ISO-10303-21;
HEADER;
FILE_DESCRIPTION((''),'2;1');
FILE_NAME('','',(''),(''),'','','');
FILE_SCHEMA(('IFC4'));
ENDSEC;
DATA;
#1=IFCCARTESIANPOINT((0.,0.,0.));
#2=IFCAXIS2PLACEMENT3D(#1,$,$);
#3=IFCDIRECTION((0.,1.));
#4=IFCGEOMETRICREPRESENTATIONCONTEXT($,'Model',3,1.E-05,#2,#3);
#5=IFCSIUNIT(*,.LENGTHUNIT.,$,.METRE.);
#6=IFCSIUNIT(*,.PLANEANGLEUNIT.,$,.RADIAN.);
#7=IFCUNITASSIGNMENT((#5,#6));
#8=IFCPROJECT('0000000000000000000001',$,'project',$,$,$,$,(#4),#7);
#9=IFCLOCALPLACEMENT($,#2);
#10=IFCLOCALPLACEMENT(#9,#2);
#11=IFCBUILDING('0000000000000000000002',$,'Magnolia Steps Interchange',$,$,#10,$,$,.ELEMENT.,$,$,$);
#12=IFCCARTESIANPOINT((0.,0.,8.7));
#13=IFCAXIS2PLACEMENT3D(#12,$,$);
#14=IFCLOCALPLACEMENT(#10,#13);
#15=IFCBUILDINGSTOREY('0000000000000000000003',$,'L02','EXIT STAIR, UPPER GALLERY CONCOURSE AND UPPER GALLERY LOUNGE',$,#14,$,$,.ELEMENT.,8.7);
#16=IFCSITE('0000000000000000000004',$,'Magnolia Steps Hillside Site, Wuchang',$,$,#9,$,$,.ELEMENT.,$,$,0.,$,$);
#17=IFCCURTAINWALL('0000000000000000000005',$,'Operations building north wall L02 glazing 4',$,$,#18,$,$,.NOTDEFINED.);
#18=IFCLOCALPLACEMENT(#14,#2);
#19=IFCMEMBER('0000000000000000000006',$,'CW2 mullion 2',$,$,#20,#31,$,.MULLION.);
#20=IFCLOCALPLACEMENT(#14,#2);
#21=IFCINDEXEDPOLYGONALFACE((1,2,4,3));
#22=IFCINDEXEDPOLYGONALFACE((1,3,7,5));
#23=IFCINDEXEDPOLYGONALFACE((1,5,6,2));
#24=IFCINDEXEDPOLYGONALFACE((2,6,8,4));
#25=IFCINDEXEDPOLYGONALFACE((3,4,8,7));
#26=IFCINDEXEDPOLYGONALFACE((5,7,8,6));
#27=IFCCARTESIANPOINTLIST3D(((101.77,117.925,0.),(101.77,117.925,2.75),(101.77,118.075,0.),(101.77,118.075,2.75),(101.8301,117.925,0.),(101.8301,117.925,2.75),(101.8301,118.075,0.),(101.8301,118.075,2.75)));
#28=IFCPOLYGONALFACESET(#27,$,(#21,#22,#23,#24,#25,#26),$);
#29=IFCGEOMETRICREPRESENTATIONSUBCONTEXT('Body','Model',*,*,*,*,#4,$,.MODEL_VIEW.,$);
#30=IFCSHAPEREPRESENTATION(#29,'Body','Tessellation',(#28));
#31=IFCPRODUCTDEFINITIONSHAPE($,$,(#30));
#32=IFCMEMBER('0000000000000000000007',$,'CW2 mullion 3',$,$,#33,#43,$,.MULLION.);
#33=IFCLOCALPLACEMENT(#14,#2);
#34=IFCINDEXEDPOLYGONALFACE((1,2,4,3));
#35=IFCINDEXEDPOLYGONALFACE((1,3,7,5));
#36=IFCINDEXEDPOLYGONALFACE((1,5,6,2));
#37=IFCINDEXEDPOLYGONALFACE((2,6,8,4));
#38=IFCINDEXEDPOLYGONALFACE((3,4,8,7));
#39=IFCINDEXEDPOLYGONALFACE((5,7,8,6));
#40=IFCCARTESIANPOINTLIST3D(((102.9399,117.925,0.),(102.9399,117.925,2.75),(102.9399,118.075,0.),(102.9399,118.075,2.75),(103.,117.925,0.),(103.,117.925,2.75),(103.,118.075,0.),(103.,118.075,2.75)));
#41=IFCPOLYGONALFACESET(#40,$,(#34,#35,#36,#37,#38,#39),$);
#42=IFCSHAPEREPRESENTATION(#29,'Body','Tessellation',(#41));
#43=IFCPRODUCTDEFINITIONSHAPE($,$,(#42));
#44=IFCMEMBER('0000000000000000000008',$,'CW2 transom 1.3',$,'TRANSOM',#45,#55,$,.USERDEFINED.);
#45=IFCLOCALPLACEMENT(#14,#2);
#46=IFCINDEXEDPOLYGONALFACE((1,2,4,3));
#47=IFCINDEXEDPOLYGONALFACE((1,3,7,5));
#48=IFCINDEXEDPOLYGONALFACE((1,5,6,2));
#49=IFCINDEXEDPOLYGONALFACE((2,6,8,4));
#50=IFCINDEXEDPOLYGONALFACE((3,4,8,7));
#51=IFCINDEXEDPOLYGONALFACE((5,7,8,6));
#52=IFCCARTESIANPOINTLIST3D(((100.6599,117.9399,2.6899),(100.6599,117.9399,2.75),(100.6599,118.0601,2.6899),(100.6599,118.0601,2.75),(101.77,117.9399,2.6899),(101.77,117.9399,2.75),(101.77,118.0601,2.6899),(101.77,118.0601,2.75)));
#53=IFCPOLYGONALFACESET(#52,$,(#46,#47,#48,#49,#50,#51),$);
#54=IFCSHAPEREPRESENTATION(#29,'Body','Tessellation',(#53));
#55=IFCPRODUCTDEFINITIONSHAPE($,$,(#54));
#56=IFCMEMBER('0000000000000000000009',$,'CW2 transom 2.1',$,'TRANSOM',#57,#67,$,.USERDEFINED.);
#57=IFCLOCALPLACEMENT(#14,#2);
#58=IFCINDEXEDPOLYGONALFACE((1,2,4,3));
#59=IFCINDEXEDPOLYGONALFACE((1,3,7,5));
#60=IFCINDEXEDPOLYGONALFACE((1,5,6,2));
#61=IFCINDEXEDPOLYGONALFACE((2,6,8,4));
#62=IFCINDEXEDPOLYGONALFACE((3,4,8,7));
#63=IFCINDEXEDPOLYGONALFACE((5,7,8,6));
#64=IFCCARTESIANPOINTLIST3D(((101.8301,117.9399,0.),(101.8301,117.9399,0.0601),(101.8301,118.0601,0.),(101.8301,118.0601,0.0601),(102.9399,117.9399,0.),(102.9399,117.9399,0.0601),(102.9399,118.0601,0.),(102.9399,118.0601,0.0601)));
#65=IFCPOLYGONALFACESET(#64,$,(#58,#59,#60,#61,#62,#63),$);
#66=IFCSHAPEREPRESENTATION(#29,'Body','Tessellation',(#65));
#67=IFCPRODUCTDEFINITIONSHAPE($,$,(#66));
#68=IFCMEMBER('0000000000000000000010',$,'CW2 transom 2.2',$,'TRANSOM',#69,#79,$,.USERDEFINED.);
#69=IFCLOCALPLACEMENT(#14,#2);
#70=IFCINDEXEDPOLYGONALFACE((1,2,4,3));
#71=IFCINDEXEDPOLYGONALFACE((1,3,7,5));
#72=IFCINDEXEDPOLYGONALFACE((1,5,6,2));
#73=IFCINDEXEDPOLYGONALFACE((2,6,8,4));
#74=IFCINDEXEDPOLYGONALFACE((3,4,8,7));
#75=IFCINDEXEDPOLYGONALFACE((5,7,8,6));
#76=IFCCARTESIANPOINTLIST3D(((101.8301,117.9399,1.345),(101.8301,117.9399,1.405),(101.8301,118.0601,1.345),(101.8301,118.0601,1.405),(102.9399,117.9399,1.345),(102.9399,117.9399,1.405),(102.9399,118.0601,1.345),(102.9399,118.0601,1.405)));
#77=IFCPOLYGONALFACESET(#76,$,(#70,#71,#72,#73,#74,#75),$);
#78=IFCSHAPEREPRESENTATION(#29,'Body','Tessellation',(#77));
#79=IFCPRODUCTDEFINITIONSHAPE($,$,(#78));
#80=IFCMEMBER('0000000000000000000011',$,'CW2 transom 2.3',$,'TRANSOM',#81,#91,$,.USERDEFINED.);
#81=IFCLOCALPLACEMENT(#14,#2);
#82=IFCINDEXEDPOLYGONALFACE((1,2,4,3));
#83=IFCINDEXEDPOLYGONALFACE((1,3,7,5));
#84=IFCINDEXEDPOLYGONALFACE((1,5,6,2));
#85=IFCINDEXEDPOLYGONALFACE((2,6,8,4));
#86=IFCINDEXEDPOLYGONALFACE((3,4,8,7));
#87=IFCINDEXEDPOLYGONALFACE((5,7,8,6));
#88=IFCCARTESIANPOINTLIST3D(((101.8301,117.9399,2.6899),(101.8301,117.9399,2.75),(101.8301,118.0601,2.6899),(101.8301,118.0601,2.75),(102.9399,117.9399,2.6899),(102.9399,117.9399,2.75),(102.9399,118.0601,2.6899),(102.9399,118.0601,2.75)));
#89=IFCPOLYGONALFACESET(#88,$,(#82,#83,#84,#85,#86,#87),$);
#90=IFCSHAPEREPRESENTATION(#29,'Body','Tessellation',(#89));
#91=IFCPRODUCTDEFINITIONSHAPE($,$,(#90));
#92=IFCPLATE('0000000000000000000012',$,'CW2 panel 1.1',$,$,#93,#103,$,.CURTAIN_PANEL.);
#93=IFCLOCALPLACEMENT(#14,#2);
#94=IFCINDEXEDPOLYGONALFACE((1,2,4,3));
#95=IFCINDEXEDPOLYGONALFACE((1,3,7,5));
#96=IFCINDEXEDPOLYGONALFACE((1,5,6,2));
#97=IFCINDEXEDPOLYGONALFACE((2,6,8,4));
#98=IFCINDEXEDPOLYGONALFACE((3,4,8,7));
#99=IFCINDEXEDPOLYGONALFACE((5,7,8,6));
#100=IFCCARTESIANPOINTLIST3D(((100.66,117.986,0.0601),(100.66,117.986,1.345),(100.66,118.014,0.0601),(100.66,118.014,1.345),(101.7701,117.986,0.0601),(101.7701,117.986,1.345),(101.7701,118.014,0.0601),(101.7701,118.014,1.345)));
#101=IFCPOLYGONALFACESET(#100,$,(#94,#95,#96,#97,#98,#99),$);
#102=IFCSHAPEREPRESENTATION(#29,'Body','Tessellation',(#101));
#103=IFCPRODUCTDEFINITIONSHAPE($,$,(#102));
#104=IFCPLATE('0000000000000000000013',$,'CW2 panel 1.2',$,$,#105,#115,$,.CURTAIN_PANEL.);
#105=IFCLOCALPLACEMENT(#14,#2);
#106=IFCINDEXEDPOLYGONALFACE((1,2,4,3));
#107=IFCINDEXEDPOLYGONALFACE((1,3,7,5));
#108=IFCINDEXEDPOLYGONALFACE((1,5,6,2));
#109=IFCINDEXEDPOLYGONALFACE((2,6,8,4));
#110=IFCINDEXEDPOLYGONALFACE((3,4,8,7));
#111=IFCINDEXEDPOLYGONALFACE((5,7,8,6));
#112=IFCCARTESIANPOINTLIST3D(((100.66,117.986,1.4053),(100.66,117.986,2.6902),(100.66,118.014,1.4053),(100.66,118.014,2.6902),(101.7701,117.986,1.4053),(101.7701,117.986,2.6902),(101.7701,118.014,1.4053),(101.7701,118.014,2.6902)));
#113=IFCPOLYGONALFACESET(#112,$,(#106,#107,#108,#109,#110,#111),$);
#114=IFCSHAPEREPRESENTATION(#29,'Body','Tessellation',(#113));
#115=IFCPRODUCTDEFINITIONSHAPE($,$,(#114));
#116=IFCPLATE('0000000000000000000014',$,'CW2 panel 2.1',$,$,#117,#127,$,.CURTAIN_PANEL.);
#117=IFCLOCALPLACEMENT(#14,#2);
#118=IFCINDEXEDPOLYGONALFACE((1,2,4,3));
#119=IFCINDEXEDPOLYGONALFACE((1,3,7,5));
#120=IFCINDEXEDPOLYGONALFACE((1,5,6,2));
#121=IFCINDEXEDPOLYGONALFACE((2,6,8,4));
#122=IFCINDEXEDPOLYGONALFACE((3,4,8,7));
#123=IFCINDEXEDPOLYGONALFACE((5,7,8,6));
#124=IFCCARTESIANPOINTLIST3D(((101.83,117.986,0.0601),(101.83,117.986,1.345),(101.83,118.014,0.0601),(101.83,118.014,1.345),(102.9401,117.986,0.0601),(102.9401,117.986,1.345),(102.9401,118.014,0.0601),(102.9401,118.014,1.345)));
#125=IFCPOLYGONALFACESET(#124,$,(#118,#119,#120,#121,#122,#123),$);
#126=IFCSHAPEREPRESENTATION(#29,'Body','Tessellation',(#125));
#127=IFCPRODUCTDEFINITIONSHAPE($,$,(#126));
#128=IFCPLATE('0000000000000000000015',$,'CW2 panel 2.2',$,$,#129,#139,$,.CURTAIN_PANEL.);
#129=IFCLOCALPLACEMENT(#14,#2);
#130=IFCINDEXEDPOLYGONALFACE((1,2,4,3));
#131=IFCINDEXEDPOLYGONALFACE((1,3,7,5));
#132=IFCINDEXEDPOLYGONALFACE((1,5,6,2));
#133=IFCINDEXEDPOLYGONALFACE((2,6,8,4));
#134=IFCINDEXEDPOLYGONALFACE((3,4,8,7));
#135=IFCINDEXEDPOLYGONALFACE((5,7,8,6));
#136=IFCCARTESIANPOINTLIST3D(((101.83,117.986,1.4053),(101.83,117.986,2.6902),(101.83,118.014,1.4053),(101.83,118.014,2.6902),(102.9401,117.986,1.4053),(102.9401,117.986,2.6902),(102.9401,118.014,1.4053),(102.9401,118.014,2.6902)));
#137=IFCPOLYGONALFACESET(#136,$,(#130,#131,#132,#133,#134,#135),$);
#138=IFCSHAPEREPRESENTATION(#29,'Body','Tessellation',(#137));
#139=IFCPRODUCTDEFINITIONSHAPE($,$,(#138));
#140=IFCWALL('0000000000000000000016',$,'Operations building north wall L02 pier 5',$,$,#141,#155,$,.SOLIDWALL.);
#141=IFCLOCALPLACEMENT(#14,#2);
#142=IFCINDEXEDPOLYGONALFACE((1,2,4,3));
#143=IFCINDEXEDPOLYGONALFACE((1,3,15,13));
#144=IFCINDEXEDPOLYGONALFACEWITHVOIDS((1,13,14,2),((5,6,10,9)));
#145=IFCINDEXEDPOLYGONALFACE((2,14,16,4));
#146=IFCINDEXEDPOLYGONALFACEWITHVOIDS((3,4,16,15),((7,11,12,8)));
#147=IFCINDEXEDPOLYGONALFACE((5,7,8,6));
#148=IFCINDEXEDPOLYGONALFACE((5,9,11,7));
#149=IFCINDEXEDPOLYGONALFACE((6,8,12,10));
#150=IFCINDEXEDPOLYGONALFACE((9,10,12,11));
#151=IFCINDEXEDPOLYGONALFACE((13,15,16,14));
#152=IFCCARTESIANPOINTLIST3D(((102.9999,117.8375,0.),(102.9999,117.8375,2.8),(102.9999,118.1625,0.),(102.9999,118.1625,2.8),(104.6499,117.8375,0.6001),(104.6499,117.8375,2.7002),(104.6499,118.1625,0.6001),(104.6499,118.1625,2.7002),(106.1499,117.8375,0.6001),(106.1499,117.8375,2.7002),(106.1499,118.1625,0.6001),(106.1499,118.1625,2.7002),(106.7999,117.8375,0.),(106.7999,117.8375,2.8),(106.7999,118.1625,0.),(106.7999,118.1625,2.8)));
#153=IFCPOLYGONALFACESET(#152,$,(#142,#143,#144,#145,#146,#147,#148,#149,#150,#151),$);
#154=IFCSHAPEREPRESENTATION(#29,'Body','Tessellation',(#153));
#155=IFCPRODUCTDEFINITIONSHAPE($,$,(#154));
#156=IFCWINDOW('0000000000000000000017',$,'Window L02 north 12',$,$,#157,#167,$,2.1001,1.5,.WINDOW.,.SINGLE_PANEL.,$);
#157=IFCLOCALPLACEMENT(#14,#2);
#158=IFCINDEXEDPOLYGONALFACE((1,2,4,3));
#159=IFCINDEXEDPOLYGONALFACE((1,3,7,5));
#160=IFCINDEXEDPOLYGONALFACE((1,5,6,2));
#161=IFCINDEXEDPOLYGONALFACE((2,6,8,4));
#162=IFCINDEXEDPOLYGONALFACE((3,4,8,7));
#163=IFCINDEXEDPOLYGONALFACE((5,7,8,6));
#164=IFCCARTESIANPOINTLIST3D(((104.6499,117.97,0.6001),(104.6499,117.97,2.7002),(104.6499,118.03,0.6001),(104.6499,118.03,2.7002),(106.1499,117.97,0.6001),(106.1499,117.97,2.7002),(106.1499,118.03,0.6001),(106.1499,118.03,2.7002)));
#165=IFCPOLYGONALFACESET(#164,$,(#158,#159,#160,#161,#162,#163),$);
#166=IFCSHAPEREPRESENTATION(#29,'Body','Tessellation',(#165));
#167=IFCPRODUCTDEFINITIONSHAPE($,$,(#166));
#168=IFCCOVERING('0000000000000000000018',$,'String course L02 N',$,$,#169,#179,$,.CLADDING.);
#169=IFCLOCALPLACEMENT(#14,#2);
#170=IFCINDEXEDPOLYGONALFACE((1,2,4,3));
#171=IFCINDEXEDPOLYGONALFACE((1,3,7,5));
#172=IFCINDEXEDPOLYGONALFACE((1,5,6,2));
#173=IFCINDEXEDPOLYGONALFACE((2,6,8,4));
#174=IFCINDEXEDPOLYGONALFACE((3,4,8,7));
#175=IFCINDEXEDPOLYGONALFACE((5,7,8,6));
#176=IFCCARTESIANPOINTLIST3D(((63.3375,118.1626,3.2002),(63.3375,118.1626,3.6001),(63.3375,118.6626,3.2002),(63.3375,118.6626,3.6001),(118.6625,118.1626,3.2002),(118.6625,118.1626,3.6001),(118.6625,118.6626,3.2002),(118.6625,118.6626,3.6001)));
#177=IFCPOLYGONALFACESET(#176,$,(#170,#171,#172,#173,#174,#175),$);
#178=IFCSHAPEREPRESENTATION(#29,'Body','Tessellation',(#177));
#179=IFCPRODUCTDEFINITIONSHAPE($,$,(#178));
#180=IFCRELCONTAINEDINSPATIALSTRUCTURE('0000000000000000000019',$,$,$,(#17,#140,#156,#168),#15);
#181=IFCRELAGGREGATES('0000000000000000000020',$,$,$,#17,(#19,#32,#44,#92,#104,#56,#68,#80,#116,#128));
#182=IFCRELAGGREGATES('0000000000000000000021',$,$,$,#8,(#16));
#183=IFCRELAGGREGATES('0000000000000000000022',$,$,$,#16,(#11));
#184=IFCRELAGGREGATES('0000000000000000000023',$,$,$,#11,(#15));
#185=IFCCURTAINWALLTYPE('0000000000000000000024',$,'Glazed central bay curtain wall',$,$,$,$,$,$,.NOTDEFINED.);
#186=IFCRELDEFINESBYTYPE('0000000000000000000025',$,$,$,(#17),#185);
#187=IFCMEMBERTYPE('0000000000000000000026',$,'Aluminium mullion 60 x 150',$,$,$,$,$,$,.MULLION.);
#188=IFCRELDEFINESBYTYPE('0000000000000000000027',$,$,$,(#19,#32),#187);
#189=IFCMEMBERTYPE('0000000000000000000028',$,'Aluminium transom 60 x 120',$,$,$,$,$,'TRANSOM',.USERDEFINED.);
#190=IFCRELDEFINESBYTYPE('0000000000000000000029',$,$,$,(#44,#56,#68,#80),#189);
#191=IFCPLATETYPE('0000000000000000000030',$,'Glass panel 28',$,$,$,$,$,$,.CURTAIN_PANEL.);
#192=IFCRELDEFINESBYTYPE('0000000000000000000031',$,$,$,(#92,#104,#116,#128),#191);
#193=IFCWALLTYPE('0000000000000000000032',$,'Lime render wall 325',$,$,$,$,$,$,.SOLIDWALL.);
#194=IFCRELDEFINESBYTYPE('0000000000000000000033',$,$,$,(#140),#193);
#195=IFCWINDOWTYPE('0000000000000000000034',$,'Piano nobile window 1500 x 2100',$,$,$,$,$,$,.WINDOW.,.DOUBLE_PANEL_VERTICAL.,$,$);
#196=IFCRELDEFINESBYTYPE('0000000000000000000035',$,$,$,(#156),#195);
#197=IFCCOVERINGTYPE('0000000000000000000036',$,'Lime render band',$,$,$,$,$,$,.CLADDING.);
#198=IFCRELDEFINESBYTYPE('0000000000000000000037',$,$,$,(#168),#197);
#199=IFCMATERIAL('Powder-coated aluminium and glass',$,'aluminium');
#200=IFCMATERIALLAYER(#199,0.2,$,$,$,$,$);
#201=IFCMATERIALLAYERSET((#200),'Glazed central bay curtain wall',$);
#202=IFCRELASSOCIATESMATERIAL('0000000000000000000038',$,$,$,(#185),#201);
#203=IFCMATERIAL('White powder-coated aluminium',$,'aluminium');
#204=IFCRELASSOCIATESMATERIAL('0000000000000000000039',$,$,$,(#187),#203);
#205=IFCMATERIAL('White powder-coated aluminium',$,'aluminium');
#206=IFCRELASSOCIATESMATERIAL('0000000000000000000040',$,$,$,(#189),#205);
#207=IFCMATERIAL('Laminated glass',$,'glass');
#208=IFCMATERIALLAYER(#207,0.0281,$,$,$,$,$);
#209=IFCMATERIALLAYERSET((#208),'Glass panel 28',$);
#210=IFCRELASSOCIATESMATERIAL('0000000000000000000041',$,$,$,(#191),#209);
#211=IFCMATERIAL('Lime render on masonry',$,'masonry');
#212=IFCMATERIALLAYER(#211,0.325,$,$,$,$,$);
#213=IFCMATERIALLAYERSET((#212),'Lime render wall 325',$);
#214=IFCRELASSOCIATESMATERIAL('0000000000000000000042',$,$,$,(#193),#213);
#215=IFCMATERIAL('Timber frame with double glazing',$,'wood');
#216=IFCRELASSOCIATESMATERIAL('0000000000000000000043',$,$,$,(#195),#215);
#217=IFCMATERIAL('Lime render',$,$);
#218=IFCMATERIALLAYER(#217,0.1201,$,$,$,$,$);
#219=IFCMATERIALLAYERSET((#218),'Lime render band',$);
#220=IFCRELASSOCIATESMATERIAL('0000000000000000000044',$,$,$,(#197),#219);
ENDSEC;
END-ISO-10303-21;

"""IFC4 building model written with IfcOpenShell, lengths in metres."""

from ifc_helpers import new_model, si_unit, direction, frame, frame_2d, origin, origin_2d, place, context, subcontext, project, spatial, rectangle, extrude, material, layer, layer_set, material_profile, profile_set, type_object, element, fill, aggregate, save


model = new_model("IFC4")

# Units and contexts
model_context = context("Model", 3, precision=1e-05, world=origin(), true_north=direction((0.0, 1.0)))
body_context = subcontext(model_context, "Body", "Model", "MODEL_VIEW")
ifc_project = project(units=[si_unit("LENGTHUNIT", "METRE"), si_unit("PLANEANGLEUNIT", "RADIAN")], contexts=[model_context])

# Site, building, storey
site_placement = place(None, origin())
site = spatial("IfcSite", under=ifc_project, at=site_placement, Name="Magnolia Steps Hillside Site, Wuchang", CompositionType="ELEMENT", RefElevation=0.0)
building_placement = place(site_placement, origin())
building = spatial("IfcBuilding", under=site, at=building_placement, Name="Magnolia Steps Interchange", CompositionType="ELEMENT")
storey_placement = place(building_placement, frame((0.0, 0.0, 8.7)))
storey = spatial("IfcBuildingStorey", under=building, at=storey_placement, Name="L02", Description="EXIT STAIR, UPPER GALLERY CONCOURSE AND UPPER GALLERY LOUNGE", CompositionType="ELEMENT", Elevation=8.7)

# Curtain wall, members, plates
ifc_material_1 = material(Name="Powder-coated aluminium and glass", Category="aluminium")
ifc_layer_1 = layer(ifc_material_1, 0.2)
ifc_layer_set_1 = layer_set([ifc_layer_1], Name="Glazed central bay curtain wall")
curtain_wall_type = type_object("IfcCurtainWallType", Name="Glazed central bay curtain wall", PredefinedType="NOTDEFINED", material=ifc_layer_set_1)
curtain_wall_placement = place(storey_placement, origin())
curtain_wall = element("IfcCurtainWall", 1, at=curtain_wall_placement, inside=storey, type_object=curtain_wall_type, Name="Operations building north wall L02 glazing 4", PredefinedType="NOTDEFINED")
ifc_material_2 = material(Name="White powder-coated aluminium", Category="aluminium")
ifc_material_profile_1 = material_profile(ifc_material_2, rectangle(XDim=0.0601, YDim=0.1499, at=origin_2d()), Name="Aluminium mullion 60 x 150")
ifc_profile_set_1 = profile_set([ifc_material_profile_1], Name="White powder-coated aluminium")
member_type_1 = type_object("IfcMemberType", Name="Aluminium mullion 60 x 150", PredefinedType="MULLION", material=ifc_profile_set_1)
member_1_placement = place(storey_placement, frame((101.8, 118.0, 0.0), z_axis=(0.0, 0.0, 1.0), x_axis=(1.0, 0.0, 0.0)))
member_1 = element("IfcMember", 2, at=member_1_placement, type_object=member_type_1, Name="CW2 mullion 2", PredefinedType="MULLION", context=body_context, shape_type="SweptSolid", body=[
    extrude(rectangle(XDim=0.0601, YDim=0.1499, at=origin_2d()), origin(), (0.0, 0.0, 1.0), 2.75),
])
member_2_placement = place(storey_placement, frame((102.97, 118.0, 0.0), z_axis=(0.0, 0.0, 1.0), x_axis=(1.0, 0.0, 0.0)))
member_2 = element("IfcMember", 3, at=member_2_placement, type_object=member_type_1, Name="CW2 mullion 3", PredefinedType="MULLION", context=body_context, shape_type="SweptSolid", body=[
    extrude(rectangle(XDim=0.0601, YDim=0.1499, at=origin_2d()), origin(), (0.0, 0.0, 1.0), 2.75),
])
ifc_material_3 = material(Name="White powder-coated aluminium", Category="aluminium")
ifc_material_profile_2 = material_profile(ifc_material_3, rectangle(XDim=0.0601, YDim=0.1201, at=origin_2d()), Name="Aluminium transom 60 x 120")
ifc_profile_set_2 = profile_set([ifc_material_profile_2], Name="White powder-coated aluminium")
member_type_2 = type_object("IfcMemberType", Name="Aluminium transom 60 x 120", ElementType="TRANSOM", PredefinedType="USERDEFINED", material=ifc_profile_set_2)
member_3_placement = place(storey_placement, frame((100.6599, 118.0, 2.72), z_axis=(1.0, 0.0, 0.0), x_axis=(0.0, 0.0, 1.0)))
member_3 = element("IfcMember", 4, at=member_3_placement, type_object=member_type_2, Name="CW2 transom 1.3", ObjectType="TRANSOM", PredefinedType="USERDEFINED", context=body_context, shape_type="SweptSolid", body=[
    extrude(rectangle(XDim=0.0601, YDim=0.1201, at=origin_2d()), origin(), (0.0, 0.0, 1.0), 1.1101),
])
member_4_placement = place(storey_placement, frame((101.8301, 118.0, 0.03), z_axis=(1.0, 0.0, 0.0), x_axis=(0.0, 0.0, 1.0)))
member_4 = element("IfcMember", 5, at=member_4_placement, type_object=member_type_2, Name="CW2 transom 2.1", ObjectType="TRANSOM", PredefinedType="USERDEFINED", context=body_context, shape_type="SweptSolid", body=[
    extrude(rectangle(XDim=0.0601, YDim=0.1201, at=origin_2d()), origin(), (0.0, 0.0, 1.0), 1.1099),
])
member_5_placement = place(storey_placement, frame((101.8301, 118.0, 1.375), z_axis=(1.0, 0.0, 0.0), x_axis=(0.0, 0.0, 1.0)))
member_5 = element("IfcMember", 6, at=member_5_placement, type_object=member_type_2, Name="CW2 transom 2.2", ObjectType="TRANSOM", PredefinedType="USERDEFINED", context=body_context, shape_type="SweptSolid", body=[
    extrude(rectangle(XDim=0.0601, YDim=0.1201, at=origin_2d()), origin(), (0.0, 0.0, 1.0), 1.1099),
])
member_6_placement = place(storey_placement, frame((101.8301, 118.0, 2.72), z_axis=(1.0, 0.0, 0.0), x_axis=(0.0, 0.0, 1.0)))
member_6 = element("IfcMember", 7, at=member_6_placement, type_object=member_type_2, Name="CW2 transom 2.3", ObjectType="TRANSOM", PredefinedType="USERDEFINED", context=body_context, shape_type="SweptSolid", body=[
    extrude(rectangle(XDim=0.0601, YDim=0.1201, at=origin_2d()), origin(), (0.0, 0.0, 1.0), 1.1099),
])
ifc_material_4 = material(Name="Laminated glass", Category="glass")
ifc_layer_2 = layer(ifc_material_4, 0.0281)
ifc_layer_set_2 = layer_set([ifc_layer_2], Name="Glass panel 28")
plate_type = type_object("IfcPlateType", Name="Glass panel 28", PredefinedType="CURTAIN_PANEL", material=ifc_layer_set_2)
plate_1_placement = place(storey_placement, frame((101.2151, 118.0, 0.0601), z_axis=(0.0, 0.0, 1.0), x_axis=(1.0, 0.0, 0.0)))
plate_1 = element("IfcPlate", 8, at=plate_1_placement, type_object=plate_type, Name="CW2 panel 1.1", PredefinedType="CURTAIN_PANEL", context=body_context, shape_type="SweptSolid", body=[
    extrude(rectangle(XDim=1.1101, YDim=0.0281, at=origin_2d()), origin(), (0.0, 0.0, 1.0), 1.2849),
])
plate_2_placement = place(storey_placement, frame((101.2151, 118.0, 1.4053), z_axis=(0.0, 0.0, 1.0), x_axis=(1.0, 0.0, 0.0)))
plate_2 = element("IfcPlate", 9, at=plate_2_placement, type_object=plate_type, Name="CW2 panel 1.2", PredefinedType="CURTAIN_PANEL", context=body_context, shape_type="SweptSolid", body=[
    extrude(rectangle(XDim=1.1101, YDim=0.0281, at=origin_2d()), origin(), (0.0, 0.0, 1.0), 1.2849),
])
plate_3_placement = place(storey_placement, frame((102.385, 118.0, 0.0601), z_axis=(0.0, 0.0, 1.0), x_axis=(1.0, 0.0, 0.0)))
plate_3 = element("IfcPlate", 10, at=plate_3_placement, type_object=plate_type, Name="CW2 panel 2.1", PredefinedType="CURTAIN_PANEL", context=body_context, shape_type="SweptSolid", body=[
    extrude(rectangle(XDim=1.1101, YDim=0.0281, at=origin_2d()), origin(), (0.0, 0.0, 1.0), 1.2849),
])
plate_4_placement = place(storey_placement, frame((102.385, 118.0, 1.4053), z_axis=(0.0, 0.0, 1.0), x_axis=(1.0, 0.0, 0.0)))
plate_4 = element("IfcPlate", 11, at=plate_4_placement, type_object=plate_type, Name="CW2 panel 2.2", PredefinedType="CURTAIN_PANEL", context=body_context, shape_type="SweptSolid", body=[
    extrude(rectangle(XDim=1.1101, YDim=0.0281, at=origin_2d()), origin(), (0.0, 0.0, 1.0), 1.2849),
])
aggregate(curtain_wall, [member_1, member_2, member_3, plate_1, plate_2, member_4, member_5, member_6, plate_3, plate_4])

# Wall, opening, window
ifc_material_5 = material(Name="Lime render on masonry", Category="masonry")
ifc_layer_3 = layer(ifc_material_5, 0.325)
ifc_layer_set_3 = layer_set([ifc_layer_3], Name="Lime render wall 325")
wall_type = type_object("IfcWallType", Name="Lime render wall 325", PredefinedType="SOLIDWALL", material=ifc_layer_set_3)
wall_placement = place(storey_placement, frame((103.0, 118.0, 0.0), z_axis=(0.0, 0.0, 1.0), x_axis=(1.0, 0.0, 0.0)))
wall = element("IfcWall", 12, at=wall_placement, inside=storey, type_object=wall_type, Name="Operations building north wall L02 pier 5", PredefinedType="SOLIDWALL", context=body_context, shape_type="SweptSolid", body=[
    extrude(rectangle(XDim=3.8, YDim=0.325, at=frame_2d((1.8999, 0.0))), origin(), (0.0, 0.0, 1.0), 2.8),
])
opening_placement = place(wall_placement, frame((1.6499, 0.0, 0.6001)))
opening = element("IfcOpeningElement", 13, at=opening_placement, cuts=wall, PredefinedType="OPENING", context=body_context, shape_type="SweptSolid", body=[
    extrude(rectangle(XDim=1.5, YDim=2.1001, at=frame_2d((0.75, 1.05))), frame((0.0, 0.1724, 0.0), z_axis=(0.0, -1.0, 0.0), x_axis=(1.0, 0.0, 0.0)), (0.0, 0.0, 1.0), 0.345),
])
ifc_material_6 = material(Name="Timber frame with double glazing", Category="wood")
window_type = type_object("IfcWindowType", Name="Piano nobile window 1500 x 2100", PartitioningType="DOUBLE_PANEL_VERTICAL", PredefinedType="WINDOW", material=ifc_material_6)
window_placement = place(opening_placement, origin())
window = element("IfcWindow", 14, at=window_placement, inside=storey, type_object=window_type, Name="Window L02 north 12", OverallHeight=2.1001, OverallWidth=1.5, PartitioningType="SINGLE_PANEL", PredefinedType="WINDOW", context=body_context, shape_type="SweptSolid", body=[
    extrude(rectangle(XDim=1.5, YDim=2.1001, at=frame_2d((0.75, 1.05))), frame((0.0, 0.03, 0.0), z_axis=(0.0, -1.0, 0.0), x_axis=(1.0, 0.0, 0.0)), (0.0, 0.0, 1.0), 0.0601),
])
fill(opening, window)

# Covering
ifc_material_7 = material(Name="Lime render")
ifc_layer_4 = layer(ifc_material_7, 0.1201)
ifc_layer_set_4 = layer_set([ifc_layer_4], Name="Lime render band")
covering_type_1 = type_object("IfcCoveringType", Name="Lime render band", PredefinedType="CLADDING", material=ifc_layer_set_4)
covering_1_placement = place(storey_placement, frame((91.0, 118.4126, 3.2002), z_axis=(0.0, 0.0, 1.0), x_axis=(1.0, 0.0, 0.0)))
element("IfcCovering", 15, at=covering_1_placement, inside=storey, type_object=covering_type_1, Name="String course L02 N", PredefinedType="CLADDING", context=body_context, shape_type="SweptSolid", body=[
    extrude(rectangle(XDim=55.325, YDim=0.5, at=origin_2d()), origin(), (0.0, 0.0, 1.0), 0.3999),
])

save(model, "model.ifc")
